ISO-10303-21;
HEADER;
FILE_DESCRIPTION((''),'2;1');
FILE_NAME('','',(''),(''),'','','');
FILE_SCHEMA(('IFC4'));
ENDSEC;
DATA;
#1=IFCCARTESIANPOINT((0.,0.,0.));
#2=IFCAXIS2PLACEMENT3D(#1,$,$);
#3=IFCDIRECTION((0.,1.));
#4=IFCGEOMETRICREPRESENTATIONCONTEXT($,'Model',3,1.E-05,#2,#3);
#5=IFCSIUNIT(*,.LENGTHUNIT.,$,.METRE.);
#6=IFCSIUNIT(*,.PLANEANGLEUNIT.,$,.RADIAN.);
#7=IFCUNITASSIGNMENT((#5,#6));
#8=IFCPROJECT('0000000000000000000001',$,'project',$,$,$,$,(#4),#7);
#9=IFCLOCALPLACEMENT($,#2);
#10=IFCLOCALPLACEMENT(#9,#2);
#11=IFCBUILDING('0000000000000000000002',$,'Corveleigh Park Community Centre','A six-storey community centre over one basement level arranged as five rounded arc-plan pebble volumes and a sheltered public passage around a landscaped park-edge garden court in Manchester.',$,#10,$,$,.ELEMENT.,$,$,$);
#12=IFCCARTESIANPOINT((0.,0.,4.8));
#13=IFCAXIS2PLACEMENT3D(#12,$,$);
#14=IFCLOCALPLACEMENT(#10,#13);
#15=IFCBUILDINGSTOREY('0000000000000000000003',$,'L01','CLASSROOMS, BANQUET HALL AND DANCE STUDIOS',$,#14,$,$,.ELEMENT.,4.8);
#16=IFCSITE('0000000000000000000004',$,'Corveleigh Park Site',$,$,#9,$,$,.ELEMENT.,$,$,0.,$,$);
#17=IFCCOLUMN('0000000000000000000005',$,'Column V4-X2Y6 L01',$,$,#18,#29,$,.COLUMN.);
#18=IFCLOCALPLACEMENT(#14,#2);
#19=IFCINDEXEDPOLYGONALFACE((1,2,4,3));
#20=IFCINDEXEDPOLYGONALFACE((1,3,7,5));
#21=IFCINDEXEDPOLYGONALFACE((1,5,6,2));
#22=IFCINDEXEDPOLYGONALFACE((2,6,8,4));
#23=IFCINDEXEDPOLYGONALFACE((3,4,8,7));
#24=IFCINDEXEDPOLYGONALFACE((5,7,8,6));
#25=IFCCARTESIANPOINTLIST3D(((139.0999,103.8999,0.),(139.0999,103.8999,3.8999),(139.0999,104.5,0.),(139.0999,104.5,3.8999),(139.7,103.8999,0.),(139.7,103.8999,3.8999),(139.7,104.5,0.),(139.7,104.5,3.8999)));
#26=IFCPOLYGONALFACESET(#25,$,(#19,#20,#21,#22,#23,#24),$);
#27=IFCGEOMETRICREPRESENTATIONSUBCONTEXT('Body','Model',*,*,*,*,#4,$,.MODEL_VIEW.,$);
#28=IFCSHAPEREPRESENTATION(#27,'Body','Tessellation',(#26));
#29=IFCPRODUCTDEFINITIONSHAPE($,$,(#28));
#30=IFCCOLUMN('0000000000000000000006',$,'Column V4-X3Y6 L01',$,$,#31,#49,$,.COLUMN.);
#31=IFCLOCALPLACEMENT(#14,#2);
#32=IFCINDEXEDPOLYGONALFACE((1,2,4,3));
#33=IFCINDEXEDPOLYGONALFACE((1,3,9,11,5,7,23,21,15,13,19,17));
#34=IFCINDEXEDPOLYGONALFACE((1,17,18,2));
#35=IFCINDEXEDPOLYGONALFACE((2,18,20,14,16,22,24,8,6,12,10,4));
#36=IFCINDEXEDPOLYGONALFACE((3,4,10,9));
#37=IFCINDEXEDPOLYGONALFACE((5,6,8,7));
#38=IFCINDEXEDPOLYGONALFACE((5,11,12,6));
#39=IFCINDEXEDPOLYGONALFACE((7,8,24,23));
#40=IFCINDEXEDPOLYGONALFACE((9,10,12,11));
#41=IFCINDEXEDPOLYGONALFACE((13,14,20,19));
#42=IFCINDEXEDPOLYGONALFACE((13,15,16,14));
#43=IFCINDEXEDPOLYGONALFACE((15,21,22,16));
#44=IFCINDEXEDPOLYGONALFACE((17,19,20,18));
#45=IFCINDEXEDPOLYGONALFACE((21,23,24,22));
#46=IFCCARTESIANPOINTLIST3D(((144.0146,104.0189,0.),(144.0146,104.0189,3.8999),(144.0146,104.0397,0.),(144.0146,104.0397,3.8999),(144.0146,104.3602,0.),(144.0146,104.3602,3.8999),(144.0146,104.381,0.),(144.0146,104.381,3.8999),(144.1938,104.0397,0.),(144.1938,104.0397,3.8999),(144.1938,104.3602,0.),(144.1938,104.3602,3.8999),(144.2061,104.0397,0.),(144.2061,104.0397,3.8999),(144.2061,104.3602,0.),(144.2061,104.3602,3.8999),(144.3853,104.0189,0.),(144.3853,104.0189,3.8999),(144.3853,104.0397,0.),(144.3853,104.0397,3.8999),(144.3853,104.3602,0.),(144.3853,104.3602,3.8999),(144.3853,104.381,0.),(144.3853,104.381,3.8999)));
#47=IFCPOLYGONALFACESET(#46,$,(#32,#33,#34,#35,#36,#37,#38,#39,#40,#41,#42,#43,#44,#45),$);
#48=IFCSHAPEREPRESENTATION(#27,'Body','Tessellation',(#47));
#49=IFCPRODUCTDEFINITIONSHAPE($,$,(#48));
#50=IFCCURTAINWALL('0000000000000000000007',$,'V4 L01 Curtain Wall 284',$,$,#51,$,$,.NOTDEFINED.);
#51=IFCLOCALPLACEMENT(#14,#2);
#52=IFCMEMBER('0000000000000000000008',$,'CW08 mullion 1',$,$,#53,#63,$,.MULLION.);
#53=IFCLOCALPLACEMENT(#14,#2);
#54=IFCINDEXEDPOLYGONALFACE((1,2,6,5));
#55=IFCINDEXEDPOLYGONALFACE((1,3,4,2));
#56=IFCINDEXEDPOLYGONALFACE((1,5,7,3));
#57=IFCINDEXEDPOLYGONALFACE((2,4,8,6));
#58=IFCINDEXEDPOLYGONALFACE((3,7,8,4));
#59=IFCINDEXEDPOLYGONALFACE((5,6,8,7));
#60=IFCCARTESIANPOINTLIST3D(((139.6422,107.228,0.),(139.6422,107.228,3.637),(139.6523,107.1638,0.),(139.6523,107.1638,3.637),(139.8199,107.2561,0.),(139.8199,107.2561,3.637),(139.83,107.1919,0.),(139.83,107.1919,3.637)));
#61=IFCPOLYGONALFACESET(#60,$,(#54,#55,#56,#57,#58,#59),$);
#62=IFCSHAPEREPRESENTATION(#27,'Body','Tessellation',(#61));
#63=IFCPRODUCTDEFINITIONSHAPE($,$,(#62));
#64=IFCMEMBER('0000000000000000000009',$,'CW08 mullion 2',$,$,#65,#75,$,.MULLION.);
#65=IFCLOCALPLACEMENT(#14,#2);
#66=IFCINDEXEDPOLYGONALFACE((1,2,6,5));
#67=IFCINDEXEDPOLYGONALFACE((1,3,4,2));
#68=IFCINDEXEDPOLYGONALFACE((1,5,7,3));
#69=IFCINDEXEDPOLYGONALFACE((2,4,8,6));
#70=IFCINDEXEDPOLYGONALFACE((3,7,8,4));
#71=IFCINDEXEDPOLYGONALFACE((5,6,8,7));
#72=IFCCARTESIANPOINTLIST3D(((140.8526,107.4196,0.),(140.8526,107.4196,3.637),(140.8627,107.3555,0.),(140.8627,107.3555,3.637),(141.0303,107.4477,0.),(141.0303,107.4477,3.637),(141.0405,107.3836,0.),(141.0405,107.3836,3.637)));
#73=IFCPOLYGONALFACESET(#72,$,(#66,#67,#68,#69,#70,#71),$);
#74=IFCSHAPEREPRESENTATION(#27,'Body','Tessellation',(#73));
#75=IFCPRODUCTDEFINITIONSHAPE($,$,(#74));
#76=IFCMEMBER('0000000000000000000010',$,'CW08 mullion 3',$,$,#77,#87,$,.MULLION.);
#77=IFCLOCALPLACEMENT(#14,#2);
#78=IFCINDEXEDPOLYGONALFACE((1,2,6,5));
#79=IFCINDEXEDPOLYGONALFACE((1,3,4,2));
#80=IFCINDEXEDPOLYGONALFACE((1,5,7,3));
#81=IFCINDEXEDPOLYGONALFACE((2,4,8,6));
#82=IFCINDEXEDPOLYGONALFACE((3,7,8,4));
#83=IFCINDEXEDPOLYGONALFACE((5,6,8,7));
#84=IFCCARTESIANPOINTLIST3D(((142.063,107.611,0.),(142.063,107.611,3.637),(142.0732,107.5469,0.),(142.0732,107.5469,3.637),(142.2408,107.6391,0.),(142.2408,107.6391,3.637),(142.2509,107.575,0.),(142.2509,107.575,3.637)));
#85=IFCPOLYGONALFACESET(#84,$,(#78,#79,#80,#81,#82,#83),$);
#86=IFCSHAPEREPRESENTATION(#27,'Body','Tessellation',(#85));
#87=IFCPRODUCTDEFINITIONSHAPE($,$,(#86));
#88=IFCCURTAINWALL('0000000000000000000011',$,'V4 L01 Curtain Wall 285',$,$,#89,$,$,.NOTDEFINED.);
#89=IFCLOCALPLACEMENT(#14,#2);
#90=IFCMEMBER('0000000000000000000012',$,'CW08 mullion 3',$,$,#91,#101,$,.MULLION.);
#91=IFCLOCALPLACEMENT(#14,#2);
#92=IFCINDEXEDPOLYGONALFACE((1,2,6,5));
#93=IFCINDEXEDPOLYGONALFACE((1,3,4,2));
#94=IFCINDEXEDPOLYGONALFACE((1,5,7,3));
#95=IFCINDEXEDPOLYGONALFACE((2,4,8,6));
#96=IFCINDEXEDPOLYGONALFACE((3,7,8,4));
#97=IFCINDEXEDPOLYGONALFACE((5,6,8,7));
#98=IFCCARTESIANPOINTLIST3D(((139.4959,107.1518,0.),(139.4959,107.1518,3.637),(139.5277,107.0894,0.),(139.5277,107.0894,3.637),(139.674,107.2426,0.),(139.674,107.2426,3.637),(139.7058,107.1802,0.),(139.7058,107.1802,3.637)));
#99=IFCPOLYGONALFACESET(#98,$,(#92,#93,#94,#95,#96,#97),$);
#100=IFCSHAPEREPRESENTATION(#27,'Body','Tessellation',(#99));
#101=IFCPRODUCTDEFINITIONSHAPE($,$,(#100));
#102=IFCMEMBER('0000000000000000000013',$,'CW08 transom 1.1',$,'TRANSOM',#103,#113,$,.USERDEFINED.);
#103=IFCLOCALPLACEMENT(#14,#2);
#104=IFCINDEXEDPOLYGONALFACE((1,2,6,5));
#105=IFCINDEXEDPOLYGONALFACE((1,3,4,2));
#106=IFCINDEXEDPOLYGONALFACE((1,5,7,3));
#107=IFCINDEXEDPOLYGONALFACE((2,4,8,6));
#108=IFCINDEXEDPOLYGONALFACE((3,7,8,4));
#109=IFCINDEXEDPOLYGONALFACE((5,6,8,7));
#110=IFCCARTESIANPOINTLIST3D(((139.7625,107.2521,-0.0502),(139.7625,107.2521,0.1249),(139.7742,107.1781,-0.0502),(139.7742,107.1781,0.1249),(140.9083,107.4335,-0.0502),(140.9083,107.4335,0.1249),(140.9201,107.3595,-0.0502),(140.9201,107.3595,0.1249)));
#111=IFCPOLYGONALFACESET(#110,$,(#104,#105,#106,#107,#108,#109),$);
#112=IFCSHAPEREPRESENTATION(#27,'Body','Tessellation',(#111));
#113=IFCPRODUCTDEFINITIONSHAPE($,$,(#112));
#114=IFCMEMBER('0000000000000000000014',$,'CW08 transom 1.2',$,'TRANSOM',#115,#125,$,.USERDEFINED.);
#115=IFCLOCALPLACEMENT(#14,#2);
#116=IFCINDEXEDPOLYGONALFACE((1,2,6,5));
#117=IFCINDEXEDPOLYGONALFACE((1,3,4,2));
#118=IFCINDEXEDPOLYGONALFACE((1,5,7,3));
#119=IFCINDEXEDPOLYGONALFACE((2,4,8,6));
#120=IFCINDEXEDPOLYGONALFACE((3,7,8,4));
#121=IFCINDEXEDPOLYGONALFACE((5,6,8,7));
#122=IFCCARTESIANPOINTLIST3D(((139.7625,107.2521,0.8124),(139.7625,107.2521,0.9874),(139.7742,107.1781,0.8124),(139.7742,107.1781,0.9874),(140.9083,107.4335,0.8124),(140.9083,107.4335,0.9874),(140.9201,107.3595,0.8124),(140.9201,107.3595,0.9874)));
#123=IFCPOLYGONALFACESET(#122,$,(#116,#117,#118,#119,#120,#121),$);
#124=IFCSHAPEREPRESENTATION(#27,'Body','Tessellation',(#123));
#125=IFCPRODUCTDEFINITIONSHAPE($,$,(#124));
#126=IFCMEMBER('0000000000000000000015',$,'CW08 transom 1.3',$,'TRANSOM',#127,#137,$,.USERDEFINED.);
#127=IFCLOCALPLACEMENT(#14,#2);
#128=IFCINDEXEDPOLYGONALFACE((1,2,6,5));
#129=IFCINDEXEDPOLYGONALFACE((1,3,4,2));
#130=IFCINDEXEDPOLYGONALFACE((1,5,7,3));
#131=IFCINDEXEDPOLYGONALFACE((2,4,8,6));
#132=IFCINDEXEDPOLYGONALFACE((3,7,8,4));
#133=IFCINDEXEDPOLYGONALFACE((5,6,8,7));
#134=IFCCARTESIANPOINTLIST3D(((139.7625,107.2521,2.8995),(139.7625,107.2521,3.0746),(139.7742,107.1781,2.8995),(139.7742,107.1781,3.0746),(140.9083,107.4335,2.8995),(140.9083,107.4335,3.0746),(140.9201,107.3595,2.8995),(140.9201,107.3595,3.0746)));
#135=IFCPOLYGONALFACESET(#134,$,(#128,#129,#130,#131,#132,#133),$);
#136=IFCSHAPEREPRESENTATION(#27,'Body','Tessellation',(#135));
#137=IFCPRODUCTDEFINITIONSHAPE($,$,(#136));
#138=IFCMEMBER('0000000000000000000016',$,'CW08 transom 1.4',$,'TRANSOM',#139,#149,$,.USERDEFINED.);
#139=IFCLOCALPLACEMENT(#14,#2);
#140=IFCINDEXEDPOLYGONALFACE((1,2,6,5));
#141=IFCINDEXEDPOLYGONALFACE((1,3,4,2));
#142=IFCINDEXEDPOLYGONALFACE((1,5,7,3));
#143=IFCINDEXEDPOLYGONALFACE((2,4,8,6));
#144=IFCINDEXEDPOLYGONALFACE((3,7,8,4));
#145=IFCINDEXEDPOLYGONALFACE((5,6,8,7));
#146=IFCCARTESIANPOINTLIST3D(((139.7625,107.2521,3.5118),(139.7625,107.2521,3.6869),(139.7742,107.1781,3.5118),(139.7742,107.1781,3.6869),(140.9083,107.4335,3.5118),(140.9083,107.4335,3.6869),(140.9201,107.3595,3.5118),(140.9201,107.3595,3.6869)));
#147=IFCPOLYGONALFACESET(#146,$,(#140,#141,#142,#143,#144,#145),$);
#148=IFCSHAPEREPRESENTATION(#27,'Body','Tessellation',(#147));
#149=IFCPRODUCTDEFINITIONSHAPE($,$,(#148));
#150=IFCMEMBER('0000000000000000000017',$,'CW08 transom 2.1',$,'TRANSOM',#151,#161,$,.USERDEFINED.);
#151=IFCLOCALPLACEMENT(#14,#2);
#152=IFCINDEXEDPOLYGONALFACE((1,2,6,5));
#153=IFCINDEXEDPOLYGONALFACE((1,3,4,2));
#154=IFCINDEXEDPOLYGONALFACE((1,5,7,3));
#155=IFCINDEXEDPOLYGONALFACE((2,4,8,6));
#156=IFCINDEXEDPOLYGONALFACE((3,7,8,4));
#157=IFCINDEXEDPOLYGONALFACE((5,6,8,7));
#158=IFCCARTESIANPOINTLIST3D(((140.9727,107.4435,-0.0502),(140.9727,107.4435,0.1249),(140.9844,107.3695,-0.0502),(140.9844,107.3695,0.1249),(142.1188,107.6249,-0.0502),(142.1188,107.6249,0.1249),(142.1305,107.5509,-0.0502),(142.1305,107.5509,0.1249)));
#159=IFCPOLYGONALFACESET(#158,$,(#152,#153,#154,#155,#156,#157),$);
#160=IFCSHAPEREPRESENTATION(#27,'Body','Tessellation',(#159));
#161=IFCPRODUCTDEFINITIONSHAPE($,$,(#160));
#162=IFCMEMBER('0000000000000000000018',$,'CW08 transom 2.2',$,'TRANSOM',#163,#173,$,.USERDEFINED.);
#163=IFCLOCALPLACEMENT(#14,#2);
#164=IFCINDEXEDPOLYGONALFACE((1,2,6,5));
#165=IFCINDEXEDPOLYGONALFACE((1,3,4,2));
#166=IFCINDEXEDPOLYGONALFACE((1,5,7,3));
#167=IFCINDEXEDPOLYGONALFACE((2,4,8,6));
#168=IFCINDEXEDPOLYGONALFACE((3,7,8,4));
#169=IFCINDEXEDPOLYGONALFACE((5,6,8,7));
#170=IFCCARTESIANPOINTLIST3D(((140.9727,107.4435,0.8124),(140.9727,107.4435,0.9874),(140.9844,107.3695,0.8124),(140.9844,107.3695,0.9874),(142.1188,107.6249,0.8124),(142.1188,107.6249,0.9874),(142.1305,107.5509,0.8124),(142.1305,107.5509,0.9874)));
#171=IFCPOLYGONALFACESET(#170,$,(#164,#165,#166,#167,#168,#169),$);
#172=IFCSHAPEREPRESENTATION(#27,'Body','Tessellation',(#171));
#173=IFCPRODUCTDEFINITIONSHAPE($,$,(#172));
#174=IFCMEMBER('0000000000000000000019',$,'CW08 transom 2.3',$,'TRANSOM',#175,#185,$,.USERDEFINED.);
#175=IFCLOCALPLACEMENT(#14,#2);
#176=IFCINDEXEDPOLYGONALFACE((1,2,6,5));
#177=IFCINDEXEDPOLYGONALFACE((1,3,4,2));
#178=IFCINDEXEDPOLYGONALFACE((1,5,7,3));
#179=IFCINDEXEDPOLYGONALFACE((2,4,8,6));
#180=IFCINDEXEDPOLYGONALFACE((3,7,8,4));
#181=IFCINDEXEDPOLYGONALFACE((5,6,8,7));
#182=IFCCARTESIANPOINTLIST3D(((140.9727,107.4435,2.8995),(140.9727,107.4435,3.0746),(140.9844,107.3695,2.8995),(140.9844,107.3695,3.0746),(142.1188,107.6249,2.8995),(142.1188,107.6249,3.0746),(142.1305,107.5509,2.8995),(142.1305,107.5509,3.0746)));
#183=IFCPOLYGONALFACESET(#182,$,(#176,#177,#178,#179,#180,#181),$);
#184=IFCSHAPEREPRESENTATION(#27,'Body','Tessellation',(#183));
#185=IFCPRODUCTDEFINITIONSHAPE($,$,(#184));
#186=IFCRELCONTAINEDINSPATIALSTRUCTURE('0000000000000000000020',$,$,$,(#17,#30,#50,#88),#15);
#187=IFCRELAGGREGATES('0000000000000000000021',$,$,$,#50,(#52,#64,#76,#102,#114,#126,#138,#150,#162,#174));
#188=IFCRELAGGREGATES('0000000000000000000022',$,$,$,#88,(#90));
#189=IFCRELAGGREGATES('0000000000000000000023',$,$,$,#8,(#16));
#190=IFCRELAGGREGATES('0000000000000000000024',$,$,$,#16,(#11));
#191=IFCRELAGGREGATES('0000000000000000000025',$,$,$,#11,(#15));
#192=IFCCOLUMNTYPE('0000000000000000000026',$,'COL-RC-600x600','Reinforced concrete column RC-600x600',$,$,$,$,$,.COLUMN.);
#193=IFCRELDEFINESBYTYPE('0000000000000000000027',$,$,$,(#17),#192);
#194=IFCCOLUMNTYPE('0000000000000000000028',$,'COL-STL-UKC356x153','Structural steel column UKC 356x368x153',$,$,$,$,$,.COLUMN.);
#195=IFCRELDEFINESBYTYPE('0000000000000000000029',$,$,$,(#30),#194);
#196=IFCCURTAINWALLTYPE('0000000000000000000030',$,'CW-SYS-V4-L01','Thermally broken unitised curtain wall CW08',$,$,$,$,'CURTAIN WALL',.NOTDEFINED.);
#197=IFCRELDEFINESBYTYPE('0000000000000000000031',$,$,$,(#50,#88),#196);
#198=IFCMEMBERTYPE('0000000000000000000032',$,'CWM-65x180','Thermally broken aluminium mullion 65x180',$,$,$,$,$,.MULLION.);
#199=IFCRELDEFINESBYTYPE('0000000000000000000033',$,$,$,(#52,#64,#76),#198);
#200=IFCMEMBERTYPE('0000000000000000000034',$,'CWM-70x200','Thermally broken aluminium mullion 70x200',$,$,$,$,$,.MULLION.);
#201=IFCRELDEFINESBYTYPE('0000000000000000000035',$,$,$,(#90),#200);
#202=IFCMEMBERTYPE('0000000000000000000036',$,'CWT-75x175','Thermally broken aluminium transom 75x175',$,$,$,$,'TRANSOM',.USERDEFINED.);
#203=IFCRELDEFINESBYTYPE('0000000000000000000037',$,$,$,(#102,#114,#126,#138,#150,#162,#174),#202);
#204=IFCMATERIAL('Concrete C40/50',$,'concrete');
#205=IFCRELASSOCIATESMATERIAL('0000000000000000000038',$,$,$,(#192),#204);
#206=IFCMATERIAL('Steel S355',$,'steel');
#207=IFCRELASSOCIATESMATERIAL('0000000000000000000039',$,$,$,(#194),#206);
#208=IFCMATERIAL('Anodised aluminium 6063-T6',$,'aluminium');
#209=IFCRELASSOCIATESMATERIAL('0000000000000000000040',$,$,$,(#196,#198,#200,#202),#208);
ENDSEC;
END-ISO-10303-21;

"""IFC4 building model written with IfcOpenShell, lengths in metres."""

from ifc_helpers import new_model, si_unit, direction, frame, origin, origin_2d, place, context, subcontext, project, spatial, rectangle, i_section, extrude, material, material_profile, profile_set, type_object, element, aggregate, save


model = new_model("IFC4")

# Units and contexts
model_context = context("Model", 3, precision=1e-05, world=origin(), true_north=direction((0.0, 1.0)))
body_context = subcontext(model_context, "Body", "Model", "MODEL_VIEW")
ifc_project = project(units=[si_unit("LENGTHUNIT", "METRE"), si_unit("PLANEANGLEUNIT", "RADIAN")], contexts=[model_context])

# Site, building, storey
site_placement = place(None, origin())
site = spatial("IfcSite", under=ifc_project, at=site_placement, Name="Corveleigh Park Site", CompositionType="ELEMENT", RefElevation=0.0)
building_placement = place(site_placement, origin())
building = spatial("IfcBuilding", under=site, at=building_placement, Name="Corveleigh Park Community Centre", Description="A six-storey community centre over one basement level arranged as five rounded arc-plan pebble volumes and a sheltered public passage around a landscaped park-edge garden court in Manchester.", CompositionType="ELEMENT")
storey_placement = place(building_placement, frame((0.0, 0.0, 4.8)))
storey = spatial("IfcBuildingStorey", under=building, at=storey_placement, Name="L01", Description="CLASSROOMS, BANQUET HALL AND DANCE STUDIOS", CompositionType="ELEMENT", Elevation=4.8)

# Columns
ifc_material_1 = material(Name="Concrete C40/50", Category="concrete")
ifc_material_profile_1 = material_profile(ifc_material_1, rectangle(XDim=0.6001, YDim=0.6001, at=origin_2d()), Name="RC-600x600", Category="concrete")
ifc_profile_set_1 = profile_set([ifc_material_profile_1], Name="Concrete C40/50")
column_type_1 = type_object("IfcColumnType", Name="COL-RC-600x600", Description="Reinforced concrete column RC-600x600", PredefinedType="COLUMN", material=ifc_profile_set_1)
column_1_placement = place(storey_placement, frame((139.3999, 104.2, 0.0), z_axis=(0.0, 0.0, 1.0), x_axis=(1.0, 0.0, 0.0)))
element("IfcColumn", 1, at=column_1_placement, inside=storey, type_object=column_type_1, Name="Column V4-X2Y6 L01", PredefinedType="COLUMN", context=body_context, shape_type="SweptSolid", body=[
    extrude(rectangle(XDim=0.6001, YDim=0.6001, at=origin_2d()), origin(), (0.0, 0.0, 1.0), 3.8999),
])
ifc_material_2 = material(Name="Steel S355", Category="steel")
ifc_material_profile_2 = material_profile(ifc_material_2, i_section(OverallWidth=0.3706, OverallDepth=0.3621, WebThickness=0.0122, FlangeThickness=0.0208, at=origin_2d()), Name="UKC 356x368x153", Category="steel")
ifc_profile_set_2 = profile_set([ifc_material_profile_2], Name="Steel S355")
column_type_2 = type_object("IfcColumnType", Name="COL-STL-UKC356x153", Description="Structural steel column UKC 356x368x153", PredefinedType="COLUMN", material=ifc_profile_set_2)
column_2_placement = place(storey_placement, frame((144.2, 104.2, 0.0), z_axis=(0.0, 0.0, 1.0), x_axis=(1.0, 0.0, 0.0)))
element("IfcColumn", 2, at=column_2_placement, inside=storey, type_object=column_type_2, Name="Column V4-X3Y6 L01", PredefinedType="COLUMN", context=body_context, shape_type="SweptSolid", body=[
    extrude(i_section(OverallWidth=0.3706, OverallDepth=0.3621, WebThickness=0.0122, FlangeThickness=0.0208, at=origin_2d()), origin(), (0.0, 0.0, 1.0), 3.8999),
])

# Curtain wall, members
ifc_material_3 = material(Name="Anodised aluminium 6063-T6", Category="aluminium")
curtain_wall_type = type_object("IfcCurtainWallType", Name="CW-SYS-V4-L01", Description="Thermally broken unitised curtain wall CW08", ElementType="CURTAIN WALL", PredefinedType="NOTDEFINED", material=ifc_material_3)
curtain_wall_1_placement = place(storey_placement, origin())
curtain_wall_1 = element("IfcCurtainWall", 3, at=curtain_wall_1_placement, inside=storey, type_object=curtain_wall_type, Name="V4 L01 Curtain Wall 284", PredefinedType="NOTDEFINED")
ifc_material_profile_3 = material_profile(ifc_material_3, rectangle(XDim=0.0649, YDim=0.1799, at=origin_2d()), Name="ALU-M65x180", Category="aluminium")
ifc_profile_set_3 = profile_set([ifc_material_profile_3], Name="Anodised aluminium 6063-T6")
member_type_1 = type_object("IfcMemberType", Name="CWM-65x180", Description="Thermally broken aluminium mullion 65x180", PredefinedType="MULLION", material=ifc_profile_set_3)
member_1_placement = place(storey_placement, frame((139.7361, 107.21, 0.0), z_axis=(0.0, 0.0, 1.0), x_axis=(-0.156207, 0.987724, 0.0)))
member_1 = element("IfcMember", 4, at=member_1_placement, type_object=member_type_1, Name="CW08 mullion 1", PredefinedType="MULLION", context=body_context, shape_type="SweptSolid", body=[
    extrude(rectangle(XDim=0.0649, YDim=0.1799, at=origin_2d()), origin(), (0.0, 0.0, 1.0), 3.637),
])
member_2_placement = place(storey_placement, frame((140.9465, 107.4016, 0.0), z_axis=(0.0, 0.0, 1.0), x_axis=(-0.156207, 0.987724, 0.0)))
member_2 = element("IfcMember", 5, at=member_2_placement, type_object=member_type_1, Name="CW08 mullion 2", PredefinedType="MULLION", context=body_context, shape_type="SweptSolid", body=[
    extrude(rectangle(XDim=0.0649, YDim=0.1799, at=origin_2d()), origin(), (0.0, 0.0, 1.0), 3.637),
])
member_3_placement = place(storey_placement, frame((142.157, 107.593, 0.0), z_axis=(0.0, 0.0, 1.0), x_axis=(-0.156207, 0.987724, 0.0)))
member_3 = element("IfcMember", 6, at=member_3_placement, type_object=member_type_1, Name="CW08 mullion 3", PredefinedType="MULLION", context=body_context, shape_type="SweptSolid", body=[
    extrude(rectangle(XDim=0.0649, YDim=0.1799, at=origin_2d()), origin(), (0.0, 0.0, 1.0), 3.637),
])

# Curtain wall, member
curtain_wall_2_placement = place(storey_placement, origin())
curtain_wall_2 = element("IfcCurtainWall", 7, at=curtain_wall_2_placement, inside=storey, type_object=curtain_wall_type, Name="V4 L01 Curtain Wall 285", PredefinedType="NOTDEFINED")
ifc_material_profile_4 = material_profile(ifc_material_3, rectangle(XDim=0.0701, YDim=0.2, at=origin_2d()), Name="ALU-M70x200", Category="aluminium")
ifc_profile_set_4 = profile_set([ifc_material_profile_4], Name="Anodised aluminium 6063-T6")
member_type_2 = type_object("IfcMemberType", Name="CWM-70x200", Description="Thermally broken aluminium mullion 70x200", PredefinedType="MULLION", material=ifc_profile_set_4)
member_4_placement = place(storey_placement, frame((139.6008, 107.166, 0.0), z_axis=(0.0, 0.0, 1.0), x_axis=(-0.454269, 0.890865, 0.0)))
member_4 = element("IfcMember", 8, at=member_4_placement, type_object=member_type_2, Name="CW08 mullion 3", PredefinedType="MULLION", context=body_context, shape_type="SweptSolid", body=[
    extrude(rectangle(XDim=0.0701, YDim=0.2, at=origin_2d()), origin(), (0.0, 0.0, 1.0), 3.637),
])

# Members
ifc_material_profile_5 = material_profile(ifc_material_3, rectangle(XDim=0.075, YDim=0.175, at=origin_2d()), Name="ALU-T75x175", Category="aluminium")
ifc_profile_set_5 = profile_set([ifc_material_profile_5], Name="Anodised aluminium 6063-T6")
member_type_3 = type_object("IfcMemberType", Name="CWT-75x175", Description="Thermally broken aluminium transom 75x175", ElementType="TRANSOM", PredefinedType="USERDEFINED", material=ifc_profile_set_5)
member_5_placement = place(storey_placement, frame((139.7683, 107.2151, 0.0374), z_axis=(0.987703, 0.156341, 0.0), x_axis=(-0.156341, 0.987703, 0.0)))
member_5 = element("IfcMember", 9, at=member_5_placement, type_object=member_type_3, Name="CW08 transom 1.1", ObjectType="TRANSOM", PredefinedType="USERDEFINED", context=body_context, shape_type="SweptSolid", body=[
    extrude(rectangle(XDim=0.075, YDim=0.175, at=origin_2d()), origin(), (0.0, 0.0, 1.0), 1.1602),
])
member_6_placement = place(storey_placement, frame((139.7683, 107.2151, 0.8999), z_axis=(0.987703, 0.156341, 0.0), x_axis=(-0.156341, 0.987703, 0.0)))
member_6 = element("IfcMember", 10, at=member_6_placement, type_object=member_type_3, Name="CW08 transom 1.2", ObjectType="TRANSOM", PredefinedType="USERDEFINED", context=body_context, shape_type="SweptSolid", body=[
    extrude(rectangle(XDim=0.075, YDim=0.175, at=origin_2d()), origin(), (0.0, 0.0, 1.0), 1.1602),
])
member_7_placement = place(storey_placement, frame((139.7683, 107.2151, 2.9871), z_axis=(0.987703, 0.156341, 0.0), x_axis=(-0.156341, 0.987703, 0.0)))
member_7 = element("IfcMember", 11, at=member_7_placement, type_object=member_type_3, Name="CW08 transom 1.3", ObjectType="TRANSOM", PredefinedType="USERDEFINED", context=body_context, shape_type="SweptSolid", body=[
    extrude(rectangle(XDim=0.075, YDim=0.175, at=origin_2d()), origin(), (0.0, 0.0, 1.0), 1.1602),
])
member_8_placement = place(storey_placement, frame((139.7683, 107.2151, 3.5994), z_axis=(0.987703, 0.156341, 0.0), x_axis=(-0.156341, 0.987703, 0.0)))
member_8 = element("IfcMember", 12, at=member_8_placement, type_object=member_type_3, Name="CW08 transom 1.4", ObjectType="TRANSOM", PredefinedType="USERDEFINED", context=body_context, shape_type="SweptSolid", body=[
    extrude(rectangle(XDim=0.075, YDim=0.175, at=origin_2d()), origin(), (0.0, 0.0, 1.0), 1.1602),
])
member_9_placement = place(storey_placement, frame((140.9785, 107.4065, 0.0374), z_axis=(0.987708, 0.156308, 0.0), x_axis=(-0.156308, 0.987708, 0.0)))
member_9 = element("IfcMember", 13, at=member_9_placement, type_object=member_type_3, Name="CW08 transom 2.1", ObjectType="TRANSOM", PredefinedType="USERDEFINED", context=body_context, shape_type="SweptSolid", body=[
    extrude(rectangle(XDim=0.075, YDim=0.175, at=origin_2d()), origin(), (0.0, 0.0, 1.0), 1.1604),
])
member_10_placement = place(storey_placement, frame((140.9785, 107.4065, 0.8999), z_axis=(0.987708, 0.156308, 0.0), x_axis=(-0.156308, 0.987708, 0.0)))
member_10 = element("IfcMember", 14, at=member_10_placement, type_object=member_type_3, Name="CW08 transom 2.2", ObjectType="TRANSOM", PredefinedType="USERDEFINED", context=body_context, shape_type="SweptSolid", body=[
    extrude(rectangle(XDim=0.075, YDim=0.175, at=origin_2d()), origin(), (0.0, 0.0, 1.0), 1.1604),
])
member_11_placement = place(storey_placement, frame((140.9785, 107.4065, 2.9871), z_axis=(0.987708, 0.156308, 0.0), x_axis=(-0.156308, 0.987708, 0.0)))
member_11 = element("IfcMember", 15, at=member_11_placement, type_object=member_type_3, Name="CW08 transom 2.3", ObjectType="TRANSOM", PredefinedType="USERDEFINED", context=body_context, shape_type="SweptSolid", body=[
    extrude(rectangle(XDim=0.075, YDim=0.175, at=origin_2d()), origin(), (0.0, 0.0, 1.0), 1.1604),
])

aggregate(curtain_wall_1, [member_1, member_2, member_3, member_5, member_6, member_7, member_8, member_9, member_10, member_11])
aggregate(curtain_wall_2, [member_4])

save(model, "model.ifc")
